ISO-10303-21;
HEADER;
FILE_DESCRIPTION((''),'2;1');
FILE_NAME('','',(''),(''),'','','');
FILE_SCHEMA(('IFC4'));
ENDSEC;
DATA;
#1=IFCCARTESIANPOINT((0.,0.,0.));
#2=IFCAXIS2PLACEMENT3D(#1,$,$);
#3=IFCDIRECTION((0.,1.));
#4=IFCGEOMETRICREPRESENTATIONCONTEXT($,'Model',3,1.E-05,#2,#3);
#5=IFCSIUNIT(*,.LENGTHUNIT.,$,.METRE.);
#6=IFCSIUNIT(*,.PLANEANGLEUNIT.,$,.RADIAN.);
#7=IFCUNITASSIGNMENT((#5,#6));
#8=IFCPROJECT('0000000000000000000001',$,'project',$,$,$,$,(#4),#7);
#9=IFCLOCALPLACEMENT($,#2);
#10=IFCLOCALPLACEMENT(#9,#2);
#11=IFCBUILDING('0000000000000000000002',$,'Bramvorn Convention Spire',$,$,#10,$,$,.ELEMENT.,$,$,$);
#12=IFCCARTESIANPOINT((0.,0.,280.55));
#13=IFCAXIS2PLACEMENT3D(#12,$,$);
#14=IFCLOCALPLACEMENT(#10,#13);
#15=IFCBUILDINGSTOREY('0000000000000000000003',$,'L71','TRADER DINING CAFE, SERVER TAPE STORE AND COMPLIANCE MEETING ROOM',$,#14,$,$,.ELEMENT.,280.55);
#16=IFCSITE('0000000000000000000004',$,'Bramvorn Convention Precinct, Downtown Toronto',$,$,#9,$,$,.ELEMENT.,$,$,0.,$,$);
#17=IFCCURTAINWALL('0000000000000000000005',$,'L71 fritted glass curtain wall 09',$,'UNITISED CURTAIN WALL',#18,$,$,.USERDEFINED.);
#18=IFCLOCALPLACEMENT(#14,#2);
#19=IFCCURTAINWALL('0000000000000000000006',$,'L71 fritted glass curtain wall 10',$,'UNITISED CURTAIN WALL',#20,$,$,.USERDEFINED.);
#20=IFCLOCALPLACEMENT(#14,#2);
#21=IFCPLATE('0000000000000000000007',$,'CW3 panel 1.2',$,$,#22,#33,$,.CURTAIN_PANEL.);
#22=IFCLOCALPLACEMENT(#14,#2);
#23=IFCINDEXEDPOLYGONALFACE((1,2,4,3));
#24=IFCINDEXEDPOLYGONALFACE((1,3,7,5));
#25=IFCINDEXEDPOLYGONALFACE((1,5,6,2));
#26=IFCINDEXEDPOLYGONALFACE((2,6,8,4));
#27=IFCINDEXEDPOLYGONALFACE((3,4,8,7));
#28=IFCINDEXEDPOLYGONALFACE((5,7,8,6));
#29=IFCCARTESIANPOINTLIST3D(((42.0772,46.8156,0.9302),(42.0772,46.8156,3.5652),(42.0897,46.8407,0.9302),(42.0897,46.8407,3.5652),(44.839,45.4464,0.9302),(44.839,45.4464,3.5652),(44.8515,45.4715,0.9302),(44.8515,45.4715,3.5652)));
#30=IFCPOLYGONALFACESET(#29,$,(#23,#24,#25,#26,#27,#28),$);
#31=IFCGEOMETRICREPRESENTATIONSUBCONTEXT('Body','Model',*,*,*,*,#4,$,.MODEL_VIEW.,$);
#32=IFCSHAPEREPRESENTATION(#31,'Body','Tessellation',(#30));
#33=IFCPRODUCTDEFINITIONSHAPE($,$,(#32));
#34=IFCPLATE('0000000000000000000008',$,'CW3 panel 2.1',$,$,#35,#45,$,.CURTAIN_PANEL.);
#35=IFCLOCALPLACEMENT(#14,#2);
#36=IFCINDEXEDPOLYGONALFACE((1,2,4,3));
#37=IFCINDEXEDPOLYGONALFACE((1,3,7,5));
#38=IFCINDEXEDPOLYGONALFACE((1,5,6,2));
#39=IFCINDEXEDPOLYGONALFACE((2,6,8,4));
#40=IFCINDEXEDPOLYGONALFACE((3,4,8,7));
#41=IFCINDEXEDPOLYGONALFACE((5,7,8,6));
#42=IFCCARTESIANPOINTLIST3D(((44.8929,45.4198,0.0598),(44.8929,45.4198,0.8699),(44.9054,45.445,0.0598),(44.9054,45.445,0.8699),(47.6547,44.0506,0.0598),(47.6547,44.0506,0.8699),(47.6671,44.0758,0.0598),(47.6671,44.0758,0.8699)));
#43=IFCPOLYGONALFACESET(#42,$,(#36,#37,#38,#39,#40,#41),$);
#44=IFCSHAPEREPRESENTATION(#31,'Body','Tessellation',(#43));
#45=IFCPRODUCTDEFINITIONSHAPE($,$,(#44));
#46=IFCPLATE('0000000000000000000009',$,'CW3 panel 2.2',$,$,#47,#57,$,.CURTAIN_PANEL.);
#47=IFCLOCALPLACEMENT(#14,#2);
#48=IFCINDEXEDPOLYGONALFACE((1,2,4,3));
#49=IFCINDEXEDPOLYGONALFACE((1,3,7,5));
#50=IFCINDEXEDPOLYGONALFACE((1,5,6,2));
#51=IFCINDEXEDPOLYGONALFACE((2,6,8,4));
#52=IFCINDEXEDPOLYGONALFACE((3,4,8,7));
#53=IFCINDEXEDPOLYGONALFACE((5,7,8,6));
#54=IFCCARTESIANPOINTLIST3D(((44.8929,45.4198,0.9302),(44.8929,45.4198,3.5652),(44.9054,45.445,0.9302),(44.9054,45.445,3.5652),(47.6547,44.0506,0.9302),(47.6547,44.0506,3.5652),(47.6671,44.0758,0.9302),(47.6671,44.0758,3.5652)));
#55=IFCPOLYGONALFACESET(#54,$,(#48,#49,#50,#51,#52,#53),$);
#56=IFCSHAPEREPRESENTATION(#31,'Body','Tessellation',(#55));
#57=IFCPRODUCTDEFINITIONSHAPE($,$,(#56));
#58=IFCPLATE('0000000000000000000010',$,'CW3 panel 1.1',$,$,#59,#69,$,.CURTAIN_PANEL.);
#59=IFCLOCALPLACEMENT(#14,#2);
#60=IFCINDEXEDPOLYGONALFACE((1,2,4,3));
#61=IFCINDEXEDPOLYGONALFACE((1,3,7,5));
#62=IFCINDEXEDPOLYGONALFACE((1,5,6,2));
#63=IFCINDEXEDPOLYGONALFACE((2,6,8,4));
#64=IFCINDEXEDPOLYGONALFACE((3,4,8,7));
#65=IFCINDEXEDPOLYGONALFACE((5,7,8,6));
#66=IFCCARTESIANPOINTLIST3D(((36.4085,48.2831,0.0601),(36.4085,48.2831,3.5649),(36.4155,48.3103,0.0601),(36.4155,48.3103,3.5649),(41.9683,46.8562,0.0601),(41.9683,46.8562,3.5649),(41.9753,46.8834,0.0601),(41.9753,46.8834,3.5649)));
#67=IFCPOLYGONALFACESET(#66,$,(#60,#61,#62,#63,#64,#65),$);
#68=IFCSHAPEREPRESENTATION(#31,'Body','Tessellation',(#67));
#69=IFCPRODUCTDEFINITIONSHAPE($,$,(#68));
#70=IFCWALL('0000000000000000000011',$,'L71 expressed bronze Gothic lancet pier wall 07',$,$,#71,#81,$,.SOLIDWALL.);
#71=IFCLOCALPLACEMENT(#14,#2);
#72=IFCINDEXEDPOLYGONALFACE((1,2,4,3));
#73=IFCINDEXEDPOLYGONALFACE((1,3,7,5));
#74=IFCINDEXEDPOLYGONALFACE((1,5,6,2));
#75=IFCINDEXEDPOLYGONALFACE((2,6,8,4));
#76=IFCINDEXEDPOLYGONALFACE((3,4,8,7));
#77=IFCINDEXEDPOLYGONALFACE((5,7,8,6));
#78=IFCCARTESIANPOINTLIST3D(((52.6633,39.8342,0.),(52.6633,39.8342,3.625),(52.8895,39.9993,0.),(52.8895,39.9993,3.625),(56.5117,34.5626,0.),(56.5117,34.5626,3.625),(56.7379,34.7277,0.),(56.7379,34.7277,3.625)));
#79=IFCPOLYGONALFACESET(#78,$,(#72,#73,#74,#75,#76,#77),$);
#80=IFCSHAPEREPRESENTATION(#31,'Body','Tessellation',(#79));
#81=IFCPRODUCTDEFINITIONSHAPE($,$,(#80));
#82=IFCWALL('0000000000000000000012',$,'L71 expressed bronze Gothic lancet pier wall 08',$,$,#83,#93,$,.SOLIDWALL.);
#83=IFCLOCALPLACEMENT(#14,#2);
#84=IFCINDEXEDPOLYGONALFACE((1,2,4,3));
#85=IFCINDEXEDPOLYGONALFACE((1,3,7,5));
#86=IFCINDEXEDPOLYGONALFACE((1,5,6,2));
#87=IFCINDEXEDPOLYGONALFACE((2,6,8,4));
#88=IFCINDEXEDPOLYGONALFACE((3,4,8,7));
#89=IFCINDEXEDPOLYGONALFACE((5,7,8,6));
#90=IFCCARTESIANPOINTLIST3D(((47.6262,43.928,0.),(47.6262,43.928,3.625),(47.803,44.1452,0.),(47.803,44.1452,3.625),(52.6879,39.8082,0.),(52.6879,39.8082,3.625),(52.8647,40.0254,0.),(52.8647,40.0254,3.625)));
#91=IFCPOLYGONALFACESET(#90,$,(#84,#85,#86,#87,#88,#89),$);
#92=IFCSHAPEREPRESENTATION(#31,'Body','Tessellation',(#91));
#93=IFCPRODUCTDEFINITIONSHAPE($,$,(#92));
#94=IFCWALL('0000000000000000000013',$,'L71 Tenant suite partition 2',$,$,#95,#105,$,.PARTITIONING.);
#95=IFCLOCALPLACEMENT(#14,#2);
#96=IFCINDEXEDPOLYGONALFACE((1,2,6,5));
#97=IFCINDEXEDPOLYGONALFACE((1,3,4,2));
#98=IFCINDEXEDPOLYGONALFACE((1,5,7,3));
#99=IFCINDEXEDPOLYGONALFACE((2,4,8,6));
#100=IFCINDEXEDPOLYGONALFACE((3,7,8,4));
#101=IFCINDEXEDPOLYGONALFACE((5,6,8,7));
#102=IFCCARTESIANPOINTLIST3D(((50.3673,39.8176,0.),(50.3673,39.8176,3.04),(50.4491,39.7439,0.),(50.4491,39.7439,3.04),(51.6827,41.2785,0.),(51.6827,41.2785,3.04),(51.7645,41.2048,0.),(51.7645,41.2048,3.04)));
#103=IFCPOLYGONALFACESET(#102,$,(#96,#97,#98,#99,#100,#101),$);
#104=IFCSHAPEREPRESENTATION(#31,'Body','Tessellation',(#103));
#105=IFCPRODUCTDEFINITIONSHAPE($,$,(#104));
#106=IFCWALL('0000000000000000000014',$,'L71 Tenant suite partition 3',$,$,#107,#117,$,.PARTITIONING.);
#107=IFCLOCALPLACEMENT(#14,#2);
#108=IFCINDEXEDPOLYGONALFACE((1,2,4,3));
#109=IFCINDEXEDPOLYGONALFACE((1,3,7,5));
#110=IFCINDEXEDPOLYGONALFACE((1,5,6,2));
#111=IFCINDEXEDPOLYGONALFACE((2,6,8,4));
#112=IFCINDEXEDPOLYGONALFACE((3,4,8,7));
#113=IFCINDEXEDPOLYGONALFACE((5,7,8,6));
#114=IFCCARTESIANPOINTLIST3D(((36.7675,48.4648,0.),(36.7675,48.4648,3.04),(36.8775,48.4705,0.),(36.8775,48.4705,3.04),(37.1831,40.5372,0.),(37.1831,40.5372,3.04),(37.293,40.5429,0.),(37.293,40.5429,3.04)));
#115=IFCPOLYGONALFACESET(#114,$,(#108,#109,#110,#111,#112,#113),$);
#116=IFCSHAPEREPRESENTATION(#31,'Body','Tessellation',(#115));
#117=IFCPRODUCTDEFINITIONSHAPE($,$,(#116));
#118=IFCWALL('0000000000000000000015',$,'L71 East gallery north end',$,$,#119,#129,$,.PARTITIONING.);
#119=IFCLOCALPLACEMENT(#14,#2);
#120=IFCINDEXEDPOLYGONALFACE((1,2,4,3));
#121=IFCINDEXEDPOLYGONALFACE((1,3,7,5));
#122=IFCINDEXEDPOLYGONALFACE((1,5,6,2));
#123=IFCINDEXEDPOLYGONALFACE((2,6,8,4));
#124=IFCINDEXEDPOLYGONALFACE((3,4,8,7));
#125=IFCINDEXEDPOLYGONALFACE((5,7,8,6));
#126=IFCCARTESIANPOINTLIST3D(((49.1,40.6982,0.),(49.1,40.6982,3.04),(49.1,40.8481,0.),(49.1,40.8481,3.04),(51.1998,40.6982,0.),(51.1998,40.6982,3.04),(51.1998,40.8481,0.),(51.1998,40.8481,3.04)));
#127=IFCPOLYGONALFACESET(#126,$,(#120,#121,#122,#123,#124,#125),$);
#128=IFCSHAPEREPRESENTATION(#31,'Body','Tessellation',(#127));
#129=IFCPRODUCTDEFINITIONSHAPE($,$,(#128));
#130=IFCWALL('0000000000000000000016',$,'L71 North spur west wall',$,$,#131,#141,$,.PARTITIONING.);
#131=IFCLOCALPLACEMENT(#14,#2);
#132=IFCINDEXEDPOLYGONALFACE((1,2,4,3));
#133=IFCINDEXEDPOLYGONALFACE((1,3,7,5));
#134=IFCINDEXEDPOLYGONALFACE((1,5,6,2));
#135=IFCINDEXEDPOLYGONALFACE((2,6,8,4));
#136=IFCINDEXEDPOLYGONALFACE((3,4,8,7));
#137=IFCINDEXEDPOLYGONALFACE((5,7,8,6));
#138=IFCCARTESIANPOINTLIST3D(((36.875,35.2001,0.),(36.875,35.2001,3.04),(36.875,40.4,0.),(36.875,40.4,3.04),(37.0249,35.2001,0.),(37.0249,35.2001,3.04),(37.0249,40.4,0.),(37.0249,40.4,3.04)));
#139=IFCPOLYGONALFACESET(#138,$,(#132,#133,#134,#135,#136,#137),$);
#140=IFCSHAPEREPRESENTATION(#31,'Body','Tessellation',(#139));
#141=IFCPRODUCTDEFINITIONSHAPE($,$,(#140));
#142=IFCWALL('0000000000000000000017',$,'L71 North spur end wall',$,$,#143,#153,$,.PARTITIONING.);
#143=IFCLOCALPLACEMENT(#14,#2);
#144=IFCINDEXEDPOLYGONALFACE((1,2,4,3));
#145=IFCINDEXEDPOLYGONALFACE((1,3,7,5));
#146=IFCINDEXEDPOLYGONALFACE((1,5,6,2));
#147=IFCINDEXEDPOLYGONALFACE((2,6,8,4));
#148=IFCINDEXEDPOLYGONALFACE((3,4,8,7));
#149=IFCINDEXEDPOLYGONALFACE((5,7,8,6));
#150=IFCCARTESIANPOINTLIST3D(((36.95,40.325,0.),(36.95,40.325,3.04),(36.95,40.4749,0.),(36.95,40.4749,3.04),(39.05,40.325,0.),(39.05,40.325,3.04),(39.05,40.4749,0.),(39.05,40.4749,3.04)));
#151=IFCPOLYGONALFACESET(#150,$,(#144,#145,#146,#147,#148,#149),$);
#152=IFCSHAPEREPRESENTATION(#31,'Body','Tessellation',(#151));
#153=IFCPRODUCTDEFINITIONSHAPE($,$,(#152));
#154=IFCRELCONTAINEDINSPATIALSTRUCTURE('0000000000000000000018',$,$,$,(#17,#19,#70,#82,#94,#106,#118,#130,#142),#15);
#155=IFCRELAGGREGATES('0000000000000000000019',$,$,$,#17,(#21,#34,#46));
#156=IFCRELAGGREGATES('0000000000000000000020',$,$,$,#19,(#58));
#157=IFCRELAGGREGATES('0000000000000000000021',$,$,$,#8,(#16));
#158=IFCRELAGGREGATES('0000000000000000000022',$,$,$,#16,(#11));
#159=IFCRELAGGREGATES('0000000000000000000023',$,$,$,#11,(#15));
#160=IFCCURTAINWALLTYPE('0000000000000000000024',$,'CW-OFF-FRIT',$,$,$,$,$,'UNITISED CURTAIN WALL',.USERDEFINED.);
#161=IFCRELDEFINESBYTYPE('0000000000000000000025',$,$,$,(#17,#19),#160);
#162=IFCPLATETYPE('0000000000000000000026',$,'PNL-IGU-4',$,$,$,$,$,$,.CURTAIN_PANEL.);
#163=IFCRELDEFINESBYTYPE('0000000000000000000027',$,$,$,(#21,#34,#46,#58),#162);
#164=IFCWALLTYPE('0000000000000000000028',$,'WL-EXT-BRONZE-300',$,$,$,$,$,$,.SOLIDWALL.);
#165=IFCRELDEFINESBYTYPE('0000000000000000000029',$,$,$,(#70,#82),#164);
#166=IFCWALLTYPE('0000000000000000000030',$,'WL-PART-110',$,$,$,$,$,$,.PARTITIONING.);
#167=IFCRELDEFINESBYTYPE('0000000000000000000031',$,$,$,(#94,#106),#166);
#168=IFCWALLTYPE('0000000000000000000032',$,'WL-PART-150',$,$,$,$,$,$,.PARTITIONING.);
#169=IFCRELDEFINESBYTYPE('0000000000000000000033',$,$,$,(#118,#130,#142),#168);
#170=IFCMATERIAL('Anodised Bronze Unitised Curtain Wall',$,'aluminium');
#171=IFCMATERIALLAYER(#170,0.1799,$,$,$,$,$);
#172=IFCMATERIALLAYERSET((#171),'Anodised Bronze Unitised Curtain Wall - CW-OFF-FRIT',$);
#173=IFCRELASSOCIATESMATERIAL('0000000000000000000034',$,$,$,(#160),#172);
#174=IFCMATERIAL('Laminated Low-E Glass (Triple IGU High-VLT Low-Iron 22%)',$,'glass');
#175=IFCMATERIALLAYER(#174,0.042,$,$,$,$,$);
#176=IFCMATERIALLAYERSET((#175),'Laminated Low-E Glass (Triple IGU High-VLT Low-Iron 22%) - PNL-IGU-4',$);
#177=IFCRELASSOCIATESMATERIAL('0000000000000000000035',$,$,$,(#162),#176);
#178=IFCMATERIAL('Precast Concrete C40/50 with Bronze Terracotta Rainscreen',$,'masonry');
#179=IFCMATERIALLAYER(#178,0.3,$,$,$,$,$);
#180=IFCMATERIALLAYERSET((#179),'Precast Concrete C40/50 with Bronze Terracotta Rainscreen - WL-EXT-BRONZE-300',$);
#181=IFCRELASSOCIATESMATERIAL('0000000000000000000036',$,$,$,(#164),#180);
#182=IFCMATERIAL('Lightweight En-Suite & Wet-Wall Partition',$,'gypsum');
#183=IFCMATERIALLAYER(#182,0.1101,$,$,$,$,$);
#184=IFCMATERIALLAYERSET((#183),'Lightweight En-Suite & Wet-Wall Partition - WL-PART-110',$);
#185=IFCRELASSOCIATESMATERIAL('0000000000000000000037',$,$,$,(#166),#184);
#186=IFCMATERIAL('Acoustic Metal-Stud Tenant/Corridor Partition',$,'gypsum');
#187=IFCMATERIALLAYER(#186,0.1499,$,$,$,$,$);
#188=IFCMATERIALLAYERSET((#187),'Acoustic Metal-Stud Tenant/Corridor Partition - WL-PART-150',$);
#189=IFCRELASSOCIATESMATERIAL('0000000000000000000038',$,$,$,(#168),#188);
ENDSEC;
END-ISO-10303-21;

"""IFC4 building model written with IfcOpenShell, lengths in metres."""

from ifc_helpers import new_model, si_unit, direction, frame, frame_2d, origin, origin_2d, place, context, subcontext, project, spatial, rectangle, extrude, material, layer, layer_set, type_object, element, aggregate, save


model = new_model("IFC4")

# Units and contexts
model_context = context("Model", 3, precision=1e-05, world=origin(), true_north=direction((0.0, 1.0)))
body_context = subcontext(model_context, "Body", "Model", "MODEL_VIEW")
ifc_project = project(units=[si_unit("LENGTHUNIT", "METRE"), si_unit("PLANEANGLEUNIT", "RADIAN")], contexts=[model_context])

# Site, building, storey
site_placement = place(None, origin())
site = spatial("IfcSite", under=ifc_project, at=site_placement, Name="Bramvorn Convention Precinct, Downtown Toronto", CompositionType="ELEMENT", RefElevation=0.0)
building_placement = place(site_placement, origin())
building = spatial("IfcBuilding", under=site, at=building_placement, Name="Bramvorn Convention Spire", CompositionType="ELEMENT")
storey_placement = place(building_placement, frame((0.0, 0.0, 280.55)))
storey = spatial("IfcBuildingStorey", under=building, at=storey_placement, Name="L71", Description="TRADER DINING CAFE, SERVER TAPE STORE AND COMPLIANCE MEETING ROOM", CompositionType="ELEMENT", Elevation=280.55)

# Curtain walls
ifc_material_1 = material(Name="Anodised Bronze Unitised Curtain Wall", Category="aluminium")
ifc_layer_1 = layer(ifc_material_1, 0.1799)
ifc_layer_set_1 = layer_set([ifc_layer_1], Name="Anodised Bronze Unitised Curtain Wall - CW-OFF-FRIT")
curtain_wall_type = type_object("IfcCurtainWallType", Name="CW-OFF-FRIT", ElementType="UNITISED CURTAIN WALL", PredefinedType="USERDEFINED", material=ifc_layer_set_1)
curtain_wall_1_placement = place(storey_placement, origin())
curtain_wall_1 = element("IfcCurtainWall", 1, at=curtain_wall_1_placement, inside=storey, type_object=curtain_wall_type, Name="L71 fritted glass curtain wall 09", ObjectType="UNITISED CURTAIN WALL", PredefinedType="USERDEFINED")
curtain_wall_2_placement = place(storey_placement, origin())
curtain_wall_2 = element("IfcCurtainWall", 2, at=curtain_wall_2_placement, inside=storey, type_object=curtain_wall_type, Name="L71 fritted glass curtain wall 10", ObjectType="UNITISED CURTAIN WALL", PredefinedType="USERDEFINED")

# Plates
ifc_material_2 = material(Name="Laminated Low-E Glass (Triple IGU High-VLT Low-Iron 22%)", Category="glass")
ifc_layer_2 = layer(ifc_material_2, 0.042)
ifc_layer_set_2 = layer_set([ifc_layer_2], Name="Laminated Low-E Glass (Triple IGU High-VLT Low-Iron 22%) - PNL-IGU-4")
plate_type = type_object("IfcPlateType", Name="PNL-IGU-4", PredefinedType="CURTAIN_PANEL", material=ifc_layer_set_2)
plate_1_placement = place(storey_placement, frame((43.4644, 46.1436, 0.9302), z_axis=(0.0, 0.0, 1.0), x_axis=(0.895938, -0.444179, 0.0)))
plate_1 = element("IfcPlate", 3, at=plate_1_placement, type_object=plate_type, Name="CW3 panel 1.2", PredefinedType="CURTAIN_PANEL", context=body_context, shape_type="SweptSolid", body=[
    extrude(rectangle(XDim=3.0825, YDim=0.0281, at=origin_2d()), origin(), (0.0, 0.0, 1.0), 2.635),
])
plate_2_placement = place(storey_placement, frame((46.28, 44.7478, 0.0598), z_axis=(0.0, 0.0, 1.0), x_axis=(0.895938, -0.444179, 0.0)))
plate_2 = element("IfcPlate", 4, at=plate_2_placement, type_object=plate_type, Name="CW3 panel 2.1", PredefinedType="CURTAIN_PANEL", context=body_context, shape_type="SweptSolid", body=[
    extrude(rectangle(XDim=3.0825, YDim=0.0281, at=origin_2d()), origin(), (0.0, 0.0, 1.0), 0.8101),
])
plate_3_placement = place(storey_placement, frame((46.28, 44.7478, 0.9302), z_axis=(0.0, 0.0, 1.0), x_axis=(0.895938, -0.444179, 0.0)))
plate_3 = element("IfcPlate", 5, at=plate_3_placement, type_object=plate_type, Name="CW3 panel 2.2", PredefinedType="CURTAIN_PANEL", context=body_context, shape_type="SweptSolid", body=[
    extrude(rectangle(XDim=3.0825, YDim=0.0281, at=origin_2d()), origin(), (0.0, 0.0, 1.0), 2.635),
])
aggregate(curtain_wall_1, [plate_1, plate_2, plate_3])
plate_4_placement = place(storey_placement, frame((39.1919, 47.5833, 0.0601), z_axis=(0.0, 0.0, 1.0), x_axis=(0.96861, -0.248586, 0.0)))
plate_4 = element("IfcPlate", 6, at=plate_4_placement, type_object=plate_type, Name="CW3 panel 1.1", PredefinedType="CURTAIN_PANEL", context=body_context, shape_type="SweptSolid", body=[
    extrude(rectangle(XDim=5.74, YDim=0.0281, at=origin_2d()), origin(), (0.0, 0.0, 1.0), 3.5049),
])
aggregate(curtain_wall_2, [plate_4])

# Walls
ifc_material_3 = material(Name="Precast Concrete C40/50 with Bronze Terracotta Rainscreen", Category="masonry")
ifc_layer_3 = layer(ifc_material_3, 0.3)
ifc_layer_set_3 = layer_set([ifc_layer_3], Name="Precast Concrete C40/50 with Bronze Terracotta Rainscreen - WL-EXT-BRONZE-300")
wall_type_1 = type_object("IfcWallType", Name="WL-EXT-BRONZE-300", PredefinedType="SOLIDWALL", material=ifc_layer_set_3)
wall_1_placement = place(storey_placement, frame((52.7764, 39.9167, 0.0), z_axis=(0.0, 0.0, 1.0), x_axis=(0.589632, -0.807672, 0.0)))
element("IfcWall", 7, at=wall_1_placement, inside=storey, type_object=wall_type_1, Name="L71 expressed bronze Gothic lancet pier wall 07", PredefinedType="SOLIDWALL", context=body_context, shape_type="SweptSolid", body=[
    extrude(rectangle(XDim=6.5269, YDim=0.28, at=frame_2d((3.2634, 0.0))), origin(), (0.0, 0.0, 1.0), 3.625),
])
wall_2_placement = place(storey_placement, frame((47.7146, 44.0366, 0.0), z_axis=(0.0, 0.0, 1.0), x_axis=(0.775575, -0.631256, 0.0)))
element("IfcWall", 8, at=wall_2_placement, inside=storey, type_object=wall_type_1, Name="L71 expressed bronze Gothic lancet pier wall 08", PredefinedType="SOLIDWALL", context=body_context, shape_type="SweptSolid", body=[
    extrude(rectangle(XDim=6.5264, YDim=0.28, at=frame_2d((3.2632, 0.0))), origin(), (0.0, 0.0, 1.0), 3.625),
])
ifc_material_4 = material(Name="Lightweight En-Suite & Wet-Wall Partition", Category="gypsum")
ifc_layer_4 = layer(ifc_material_4, 0.1101)
ifc_layer_set_4 = layer_set([ifc_layer_4], Name="Lightweight En-Suite & Wet-Wall Partition - WL-PART-110")
wall_type_2 = type_object("IfcWallType", Name="WL-PART-110", PredefinedType="PARTITIONING", material=ifc_layer_set_4)
wall_3_placement = place(storey_placement, frame((50.4082, 39.7808, 0.0), z_axis=(0.0, 0.0, 1.0), x_axis=(0.669129, 0.743146, 0.0)))
element("IfcWall", 9, at=wall_3_placement, inside=storey, type_object=wall_type_2, Name="L71 Tenant suite partition 2", PredefinedType="PARTITIONING", context=body_context, shape_type="SweptSolid", body=[
    extrude(rectangle(XDim=1.9658, YDim=0.1101, at=frame_2d((0.9829, 0.0))), origin(), (0.0, 0.0, 1.0), 3.04),
])
wall_4_placement = place(storey_placement, frame((37.238, 40.54, 0.0), z_axis=(0.0, 0.0, 1.0), x_axis=(-0.052344, 0.998629, 0.0)))
element("IfcWall", 10, at=wall_4_placement, inside=storey, type_object=wall_type_2, Name="L71 Tenant suite partition 3", PredefinedType="PARTITIONING", context=body_context, shape_type="SweptSolid", body=[
    extrude(rectangle(XDim=7.9385, YDim=0.1101, at=frame_2d((3.9692, 0.0))), origin(), (0.0, 0.0, 1.0), 3.04),
])
ifc_material_5 = material(Name="Acoustic Metal-Stud Tenant/Corridor Partition", Category="gypsum")
ifc_layer_5 = layer(ifc_material_5, 0.1499)
ifc_layer_set_5 = layer_set([ifc_layer_5], Name="Acoustic Metal-Stud Tenant/Corridor Partition - WL-PART-150")
wall_type_3 = type_object("IfcWallType", Name="WL-PART-150", PredefinedType="PARTITIONING", material=ifc_layer_set_5)
wall_5_placement = place(storey_placement, frame((49.1001, 40.7732, 0.0), z_axis=(0.0, 0.0, 1.0), x_axis=(1.0, 0.0, 0.0)))
element("IfcWall", 11, at=wall_5_placement, inside=storey, type_object=wall_type_3, Name="L71 East gallery north end", PredefinedType="PARTITIONING", context=body_context, shape_type="SweptSolid", body=[
    extrude(rectangle(XDim=2.0999, YDim=0.1499, at=frame_2d((1.0498, 0.0))), origin(), (0.0, 0.0, 1.0), 3.04),
])
wall_6_placement = place(storey_placement, frame((36.95, 35.2, 0.0), z_axis=(0.0, 0.0, 1.0), x_axis=(0.0, 1.0, 0.0)))
element("IfcWall", 12, at=wall_6_placement, inside=storey, type_object=wall_type_3, Name="L71 North spur west wall", PredefinedType="PARTITIONING", context=body_context, shape_type="SweptSolid", body=[
    extrude(rectangle(XDim=5.2, YDim=0.1499, at=frame_2d((2.6001, 0.0))), origin(), (0.0, 0.0, 1.0), 3.04),
])
wall_7_placement = place(storey_placement, frame((36.95, 40.3999, 0.0), z_axis=(0.0, 0.0, 1.0), x_axis=(1.0, 0.0, 0.0)))
element("IfcWall", 13, at=wall_7_placement, inside=storey, type_object=wall_type_3, Name="L71 North spur end wall", PredefinedType="PARTITIONING", context=body_context, shape_type="SweptSolid", body=[
    extrude(rectangle(XDim=2.1001, YDim=0.1499, at=frame_2d((1.05, 0.0))), origin(), (0.0, 0.0, 1.0), 3.04),
])

save(model, "model.ifc")
